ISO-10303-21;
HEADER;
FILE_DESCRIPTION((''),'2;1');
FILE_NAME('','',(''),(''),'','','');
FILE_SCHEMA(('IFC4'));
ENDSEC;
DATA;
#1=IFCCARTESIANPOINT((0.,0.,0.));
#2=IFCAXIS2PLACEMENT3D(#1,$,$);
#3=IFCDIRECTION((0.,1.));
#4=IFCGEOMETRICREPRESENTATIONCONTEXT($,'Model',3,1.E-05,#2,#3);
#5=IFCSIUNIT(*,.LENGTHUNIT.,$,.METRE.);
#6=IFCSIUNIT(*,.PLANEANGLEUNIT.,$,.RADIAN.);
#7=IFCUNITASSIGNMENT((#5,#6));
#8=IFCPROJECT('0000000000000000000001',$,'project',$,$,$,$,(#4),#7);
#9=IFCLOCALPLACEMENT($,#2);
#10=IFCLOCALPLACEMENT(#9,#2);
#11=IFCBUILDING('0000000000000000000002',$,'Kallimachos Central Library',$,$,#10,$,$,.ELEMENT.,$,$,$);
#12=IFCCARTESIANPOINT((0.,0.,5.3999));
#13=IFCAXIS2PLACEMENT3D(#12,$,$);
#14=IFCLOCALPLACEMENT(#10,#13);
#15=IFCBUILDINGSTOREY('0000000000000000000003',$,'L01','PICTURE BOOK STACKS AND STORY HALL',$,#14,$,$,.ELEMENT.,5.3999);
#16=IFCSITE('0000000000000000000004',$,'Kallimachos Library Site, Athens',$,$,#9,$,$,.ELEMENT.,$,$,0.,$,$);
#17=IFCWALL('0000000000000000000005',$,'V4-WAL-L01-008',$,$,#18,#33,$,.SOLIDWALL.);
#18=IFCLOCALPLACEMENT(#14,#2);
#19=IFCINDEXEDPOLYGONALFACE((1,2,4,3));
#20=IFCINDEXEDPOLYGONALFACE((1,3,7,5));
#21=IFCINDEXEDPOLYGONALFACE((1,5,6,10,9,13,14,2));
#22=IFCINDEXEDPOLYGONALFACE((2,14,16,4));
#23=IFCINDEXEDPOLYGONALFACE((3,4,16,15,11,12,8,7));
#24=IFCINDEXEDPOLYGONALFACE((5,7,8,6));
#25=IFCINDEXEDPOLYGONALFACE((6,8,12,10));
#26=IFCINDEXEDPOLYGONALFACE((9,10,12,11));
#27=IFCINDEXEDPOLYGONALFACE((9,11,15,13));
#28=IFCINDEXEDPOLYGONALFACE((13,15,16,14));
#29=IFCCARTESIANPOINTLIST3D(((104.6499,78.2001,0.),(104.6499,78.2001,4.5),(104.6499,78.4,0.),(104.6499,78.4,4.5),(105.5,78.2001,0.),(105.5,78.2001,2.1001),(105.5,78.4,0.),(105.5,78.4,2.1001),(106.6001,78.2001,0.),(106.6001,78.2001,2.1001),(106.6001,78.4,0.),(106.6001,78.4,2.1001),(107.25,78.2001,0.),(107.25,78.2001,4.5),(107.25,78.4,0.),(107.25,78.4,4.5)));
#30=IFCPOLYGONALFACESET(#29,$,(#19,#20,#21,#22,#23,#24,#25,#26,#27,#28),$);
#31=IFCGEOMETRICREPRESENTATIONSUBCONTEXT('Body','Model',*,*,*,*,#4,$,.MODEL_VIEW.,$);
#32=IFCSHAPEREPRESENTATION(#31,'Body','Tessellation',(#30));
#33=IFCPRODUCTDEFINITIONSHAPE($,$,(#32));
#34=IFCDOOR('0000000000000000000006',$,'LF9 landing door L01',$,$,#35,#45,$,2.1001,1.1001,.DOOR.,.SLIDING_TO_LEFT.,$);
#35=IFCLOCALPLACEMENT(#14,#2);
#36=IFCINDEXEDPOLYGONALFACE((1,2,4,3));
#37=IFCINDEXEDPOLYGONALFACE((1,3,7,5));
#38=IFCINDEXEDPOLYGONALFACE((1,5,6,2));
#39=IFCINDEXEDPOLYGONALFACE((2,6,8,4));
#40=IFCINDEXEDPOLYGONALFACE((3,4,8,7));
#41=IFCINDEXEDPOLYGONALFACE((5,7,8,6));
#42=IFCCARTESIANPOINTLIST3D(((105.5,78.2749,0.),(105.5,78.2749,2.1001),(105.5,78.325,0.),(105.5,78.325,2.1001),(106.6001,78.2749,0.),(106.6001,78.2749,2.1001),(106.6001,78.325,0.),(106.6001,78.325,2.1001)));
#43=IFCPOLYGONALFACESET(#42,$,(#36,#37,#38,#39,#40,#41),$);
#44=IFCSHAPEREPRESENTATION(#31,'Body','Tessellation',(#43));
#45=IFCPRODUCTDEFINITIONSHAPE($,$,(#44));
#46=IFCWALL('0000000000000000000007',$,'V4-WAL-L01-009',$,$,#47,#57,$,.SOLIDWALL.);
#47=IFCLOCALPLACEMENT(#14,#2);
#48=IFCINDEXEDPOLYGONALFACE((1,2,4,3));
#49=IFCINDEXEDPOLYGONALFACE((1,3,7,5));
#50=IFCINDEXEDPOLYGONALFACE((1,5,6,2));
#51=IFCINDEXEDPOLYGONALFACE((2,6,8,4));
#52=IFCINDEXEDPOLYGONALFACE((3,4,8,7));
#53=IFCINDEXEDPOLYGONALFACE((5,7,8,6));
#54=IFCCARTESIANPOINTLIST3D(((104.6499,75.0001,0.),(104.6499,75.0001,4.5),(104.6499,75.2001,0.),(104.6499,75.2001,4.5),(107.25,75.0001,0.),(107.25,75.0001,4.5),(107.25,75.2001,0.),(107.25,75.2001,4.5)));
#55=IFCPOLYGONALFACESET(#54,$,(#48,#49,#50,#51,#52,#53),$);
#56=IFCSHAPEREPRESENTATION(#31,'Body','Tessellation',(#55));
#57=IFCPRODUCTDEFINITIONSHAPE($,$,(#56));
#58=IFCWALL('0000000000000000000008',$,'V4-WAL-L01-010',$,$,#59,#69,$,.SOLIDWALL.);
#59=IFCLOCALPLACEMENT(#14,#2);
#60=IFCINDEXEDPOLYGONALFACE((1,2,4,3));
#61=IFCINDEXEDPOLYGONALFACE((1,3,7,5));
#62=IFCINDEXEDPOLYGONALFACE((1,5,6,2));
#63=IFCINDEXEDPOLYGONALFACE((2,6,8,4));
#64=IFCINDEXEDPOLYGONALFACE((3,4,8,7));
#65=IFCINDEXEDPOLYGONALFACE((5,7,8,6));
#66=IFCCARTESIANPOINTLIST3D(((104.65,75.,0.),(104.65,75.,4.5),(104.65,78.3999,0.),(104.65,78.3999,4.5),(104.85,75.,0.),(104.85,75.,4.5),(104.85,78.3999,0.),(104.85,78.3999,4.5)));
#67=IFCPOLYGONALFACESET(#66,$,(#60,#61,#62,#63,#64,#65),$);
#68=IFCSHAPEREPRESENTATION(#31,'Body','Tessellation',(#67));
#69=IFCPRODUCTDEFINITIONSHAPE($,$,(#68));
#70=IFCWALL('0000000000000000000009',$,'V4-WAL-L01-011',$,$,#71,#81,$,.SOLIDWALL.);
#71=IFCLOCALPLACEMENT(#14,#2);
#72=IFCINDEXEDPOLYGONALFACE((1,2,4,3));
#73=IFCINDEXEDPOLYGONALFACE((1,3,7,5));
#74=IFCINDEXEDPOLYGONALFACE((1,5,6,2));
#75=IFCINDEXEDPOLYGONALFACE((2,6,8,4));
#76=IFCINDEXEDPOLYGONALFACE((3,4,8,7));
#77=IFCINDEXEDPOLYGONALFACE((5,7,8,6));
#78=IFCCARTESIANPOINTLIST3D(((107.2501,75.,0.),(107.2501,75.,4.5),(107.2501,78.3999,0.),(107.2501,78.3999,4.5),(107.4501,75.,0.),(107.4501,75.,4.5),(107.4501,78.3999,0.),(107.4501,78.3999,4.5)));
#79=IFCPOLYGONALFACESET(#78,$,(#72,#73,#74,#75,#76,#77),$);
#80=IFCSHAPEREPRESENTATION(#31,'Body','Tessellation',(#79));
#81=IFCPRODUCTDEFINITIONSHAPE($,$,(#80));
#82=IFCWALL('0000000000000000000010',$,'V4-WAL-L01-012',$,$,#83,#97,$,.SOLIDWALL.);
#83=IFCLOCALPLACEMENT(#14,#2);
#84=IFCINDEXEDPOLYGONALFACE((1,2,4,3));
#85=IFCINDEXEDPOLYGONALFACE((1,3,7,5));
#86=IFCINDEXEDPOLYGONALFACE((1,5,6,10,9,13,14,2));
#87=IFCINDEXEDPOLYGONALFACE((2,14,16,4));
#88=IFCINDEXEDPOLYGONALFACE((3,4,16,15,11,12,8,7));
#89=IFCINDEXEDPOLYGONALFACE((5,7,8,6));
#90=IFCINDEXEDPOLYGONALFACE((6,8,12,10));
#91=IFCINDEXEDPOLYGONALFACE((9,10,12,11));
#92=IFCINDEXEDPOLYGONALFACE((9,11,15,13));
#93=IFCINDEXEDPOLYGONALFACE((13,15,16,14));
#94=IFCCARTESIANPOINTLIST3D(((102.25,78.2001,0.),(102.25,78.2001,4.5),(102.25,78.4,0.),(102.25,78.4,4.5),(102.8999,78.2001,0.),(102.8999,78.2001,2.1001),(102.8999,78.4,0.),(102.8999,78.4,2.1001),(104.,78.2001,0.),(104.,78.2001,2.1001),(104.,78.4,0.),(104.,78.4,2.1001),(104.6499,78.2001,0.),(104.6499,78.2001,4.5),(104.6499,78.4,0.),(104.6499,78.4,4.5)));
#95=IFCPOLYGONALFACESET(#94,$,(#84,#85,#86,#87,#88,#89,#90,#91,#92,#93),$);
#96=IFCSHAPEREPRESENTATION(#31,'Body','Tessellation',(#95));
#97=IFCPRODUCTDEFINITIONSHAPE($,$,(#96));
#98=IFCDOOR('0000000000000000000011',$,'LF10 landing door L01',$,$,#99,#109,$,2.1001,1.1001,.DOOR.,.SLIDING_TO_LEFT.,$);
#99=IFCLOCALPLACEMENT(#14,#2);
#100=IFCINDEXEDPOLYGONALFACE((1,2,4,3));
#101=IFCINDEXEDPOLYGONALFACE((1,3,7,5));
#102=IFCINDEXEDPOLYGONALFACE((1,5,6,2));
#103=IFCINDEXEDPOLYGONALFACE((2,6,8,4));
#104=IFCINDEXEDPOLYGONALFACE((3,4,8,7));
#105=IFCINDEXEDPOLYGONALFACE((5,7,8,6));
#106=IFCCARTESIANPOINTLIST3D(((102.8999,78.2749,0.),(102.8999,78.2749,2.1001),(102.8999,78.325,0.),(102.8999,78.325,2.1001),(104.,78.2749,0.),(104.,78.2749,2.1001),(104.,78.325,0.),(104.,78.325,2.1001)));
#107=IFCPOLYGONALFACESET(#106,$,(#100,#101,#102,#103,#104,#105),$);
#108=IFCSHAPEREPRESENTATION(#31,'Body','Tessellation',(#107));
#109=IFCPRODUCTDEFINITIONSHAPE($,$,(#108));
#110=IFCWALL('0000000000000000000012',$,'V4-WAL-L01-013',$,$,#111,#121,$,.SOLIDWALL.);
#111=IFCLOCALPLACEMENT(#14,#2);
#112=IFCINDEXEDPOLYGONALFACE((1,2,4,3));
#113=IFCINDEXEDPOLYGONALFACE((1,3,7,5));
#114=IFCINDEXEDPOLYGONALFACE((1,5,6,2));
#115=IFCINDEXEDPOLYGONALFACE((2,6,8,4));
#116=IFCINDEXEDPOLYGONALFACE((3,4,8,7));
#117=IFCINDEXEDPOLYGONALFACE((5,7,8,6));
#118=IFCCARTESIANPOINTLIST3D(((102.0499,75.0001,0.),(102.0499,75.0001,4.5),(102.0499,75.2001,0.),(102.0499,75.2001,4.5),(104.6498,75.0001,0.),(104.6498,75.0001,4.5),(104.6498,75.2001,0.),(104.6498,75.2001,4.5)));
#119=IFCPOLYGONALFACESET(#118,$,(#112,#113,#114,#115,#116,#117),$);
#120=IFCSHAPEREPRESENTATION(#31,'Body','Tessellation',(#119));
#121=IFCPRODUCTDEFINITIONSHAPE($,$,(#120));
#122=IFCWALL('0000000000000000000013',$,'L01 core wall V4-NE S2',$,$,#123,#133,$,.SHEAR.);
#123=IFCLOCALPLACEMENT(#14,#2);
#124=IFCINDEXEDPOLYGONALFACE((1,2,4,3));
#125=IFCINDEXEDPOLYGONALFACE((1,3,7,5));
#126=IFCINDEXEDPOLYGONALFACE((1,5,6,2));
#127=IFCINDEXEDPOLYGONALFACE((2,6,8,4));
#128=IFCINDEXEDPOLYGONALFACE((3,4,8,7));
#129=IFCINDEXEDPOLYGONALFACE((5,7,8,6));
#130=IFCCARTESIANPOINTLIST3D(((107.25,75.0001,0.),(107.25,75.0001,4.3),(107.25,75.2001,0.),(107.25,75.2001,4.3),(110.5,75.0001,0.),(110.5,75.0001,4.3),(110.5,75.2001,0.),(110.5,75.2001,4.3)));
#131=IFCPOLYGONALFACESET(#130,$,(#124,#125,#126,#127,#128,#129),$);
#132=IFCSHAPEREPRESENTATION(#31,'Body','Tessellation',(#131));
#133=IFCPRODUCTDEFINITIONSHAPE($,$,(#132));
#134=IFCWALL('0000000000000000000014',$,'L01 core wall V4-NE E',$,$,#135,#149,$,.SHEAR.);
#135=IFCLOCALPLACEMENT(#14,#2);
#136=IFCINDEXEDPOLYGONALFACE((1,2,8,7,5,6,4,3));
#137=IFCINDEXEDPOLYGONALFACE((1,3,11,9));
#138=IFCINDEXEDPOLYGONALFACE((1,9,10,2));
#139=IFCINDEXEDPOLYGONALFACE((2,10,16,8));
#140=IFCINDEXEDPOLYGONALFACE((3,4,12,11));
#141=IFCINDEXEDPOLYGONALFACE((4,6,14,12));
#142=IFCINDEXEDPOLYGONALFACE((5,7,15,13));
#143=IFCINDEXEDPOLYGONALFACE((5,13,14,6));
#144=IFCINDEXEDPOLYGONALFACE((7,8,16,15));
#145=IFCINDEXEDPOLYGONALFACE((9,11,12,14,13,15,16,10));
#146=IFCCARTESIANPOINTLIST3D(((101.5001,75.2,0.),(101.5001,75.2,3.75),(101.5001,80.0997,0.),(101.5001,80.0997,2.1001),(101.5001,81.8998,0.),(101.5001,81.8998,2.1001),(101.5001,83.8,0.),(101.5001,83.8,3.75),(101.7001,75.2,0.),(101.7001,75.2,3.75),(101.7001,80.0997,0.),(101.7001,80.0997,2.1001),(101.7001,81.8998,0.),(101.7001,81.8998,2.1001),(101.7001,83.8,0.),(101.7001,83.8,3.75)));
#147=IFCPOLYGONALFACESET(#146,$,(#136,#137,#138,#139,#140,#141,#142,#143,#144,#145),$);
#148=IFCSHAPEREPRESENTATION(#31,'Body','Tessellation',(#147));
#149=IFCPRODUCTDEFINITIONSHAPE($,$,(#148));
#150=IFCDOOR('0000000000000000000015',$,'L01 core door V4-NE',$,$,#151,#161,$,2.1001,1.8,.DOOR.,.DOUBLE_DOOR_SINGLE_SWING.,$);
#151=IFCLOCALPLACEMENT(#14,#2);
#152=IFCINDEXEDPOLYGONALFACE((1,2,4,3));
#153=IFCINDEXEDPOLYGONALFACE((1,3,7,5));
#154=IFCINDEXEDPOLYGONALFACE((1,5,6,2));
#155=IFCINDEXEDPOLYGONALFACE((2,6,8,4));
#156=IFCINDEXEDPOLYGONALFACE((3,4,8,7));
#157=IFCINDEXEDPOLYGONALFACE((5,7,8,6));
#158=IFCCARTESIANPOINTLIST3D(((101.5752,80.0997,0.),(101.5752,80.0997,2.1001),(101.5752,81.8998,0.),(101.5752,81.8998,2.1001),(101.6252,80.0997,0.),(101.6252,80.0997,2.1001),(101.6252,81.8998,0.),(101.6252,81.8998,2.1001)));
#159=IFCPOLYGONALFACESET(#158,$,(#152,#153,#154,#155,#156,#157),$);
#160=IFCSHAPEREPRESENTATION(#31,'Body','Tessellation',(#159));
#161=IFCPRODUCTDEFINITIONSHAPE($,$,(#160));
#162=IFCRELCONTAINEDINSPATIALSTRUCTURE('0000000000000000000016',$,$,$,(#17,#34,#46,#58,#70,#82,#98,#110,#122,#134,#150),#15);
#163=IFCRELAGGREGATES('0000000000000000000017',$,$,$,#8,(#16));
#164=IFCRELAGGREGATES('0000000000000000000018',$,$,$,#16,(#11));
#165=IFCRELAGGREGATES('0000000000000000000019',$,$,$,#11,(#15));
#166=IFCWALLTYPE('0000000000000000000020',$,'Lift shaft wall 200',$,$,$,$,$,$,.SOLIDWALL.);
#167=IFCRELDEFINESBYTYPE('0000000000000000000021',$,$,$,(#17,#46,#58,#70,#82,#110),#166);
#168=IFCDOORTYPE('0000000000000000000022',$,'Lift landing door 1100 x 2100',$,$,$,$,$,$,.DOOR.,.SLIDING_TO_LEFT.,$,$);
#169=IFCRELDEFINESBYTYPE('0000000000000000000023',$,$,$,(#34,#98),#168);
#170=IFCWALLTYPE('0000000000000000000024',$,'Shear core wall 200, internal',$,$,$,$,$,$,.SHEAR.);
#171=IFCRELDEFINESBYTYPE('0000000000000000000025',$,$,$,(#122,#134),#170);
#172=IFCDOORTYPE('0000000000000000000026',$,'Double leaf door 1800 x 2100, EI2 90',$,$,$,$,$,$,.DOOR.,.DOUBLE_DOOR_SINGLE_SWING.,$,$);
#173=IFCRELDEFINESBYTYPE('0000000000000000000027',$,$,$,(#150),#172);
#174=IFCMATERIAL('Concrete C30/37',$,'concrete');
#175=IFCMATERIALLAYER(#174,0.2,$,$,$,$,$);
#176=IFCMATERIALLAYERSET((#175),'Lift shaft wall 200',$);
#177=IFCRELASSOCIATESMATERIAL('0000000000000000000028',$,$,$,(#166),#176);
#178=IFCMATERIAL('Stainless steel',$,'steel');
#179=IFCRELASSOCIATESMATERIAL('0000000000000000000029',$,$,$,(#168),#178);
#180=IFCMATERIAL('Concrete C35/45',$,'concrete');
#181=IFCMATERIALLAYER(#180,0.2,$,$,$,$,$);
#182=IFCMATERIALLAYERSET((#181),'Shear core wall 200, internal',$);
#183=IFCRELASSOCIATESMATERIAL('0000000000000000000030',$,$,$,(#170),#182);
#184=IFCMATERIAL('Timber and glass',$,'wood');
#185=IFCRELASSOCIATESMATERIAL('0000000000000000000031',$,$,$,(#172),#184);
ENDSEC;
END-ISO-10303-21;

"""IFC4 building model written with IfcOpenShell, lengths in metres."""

from ifc_helpers import new_model, si_unit, direction, frame, frame_2d, origin, place, context, subcontext, project, spatial, rectangle, extrude, material, layer, layer_set, type_object, element, fill, save


model = new_model("IFC4")

# Units and contexts
model_context = context("Model", 3, precision=1e-05, world=origin(), true_north=direction((0.0, 1.0)))
body_context = subcontext(model_context, "Body", "Model", "MODEL_VIEW")
ifc_project = project(units=[si_unit("LENGTHUNIT", "METRE"), si_unit("PLANEANGLEUNIT", "RADIAN")], contexts=[model_context])

# Site, building, storey
site_placement = place(None, origin())
site = spatial("IfcSite", under=ifc_project, at=site_placement, Name="Kallimachos Library Site, Athens", CompositionType="ELEMENT", RefElevation=0.0)
building_placement = place(site_placement, origin())
building = spatial("IfcBuilding", under=site, at=building_placement, Name="Kallimachos Central Library", CompositionType="ELEMENT")
storey_placement = place(building_placement, frame((0.0, 0.0, 5.3999)))
storey = spatial("IfcBuildingStorey", under=building, at=storey_placement, Name="L01", Description="PICTURE BOOK STACKS AND STORY HALL", CompositionType="ELEMENT", Elevation=5.3999)

# Wall, opening, door
ifc_material_1 = material(Name="Concrete C30/37", Category="concrete")
ifc_layer_1 = layer(ifc_material_1, 0.2)
ifc_layer_set_1 = layer_set([ifc_layer_1], Name="Lift shaft wall 200")
wall_type_1 = type_object("IfcWallType", Name="Lift shaft wall 200", PredefinedType="SOLIDWALL", material=ifc_layer_set_1)
wall_1_placement = place(storey_placement, frame((104.6499, 78.3, 0.0), z_axis=(0.0, 0.0, 1.0), x_axis=(1.0, 0.0, 0.0)))
wall_1 = element("IfcWall", 1, at=wall_1_placement, inside=storey, type_object=wall_type_1, Name="V4-WAL-L01-008", PredefinedType="SOLIDWALL", context=body_context, shape_type="SweptSolid", body=[
    extrude(rectangle(XDim=2.6001, YDim=0.2, at=frame_2d((1.3, 0.0))), origin(), (0.0, 0.0, 1.0), 4.5),
])
opening_1_placement = place(wall_1_placement, frame((0.8501, 0.0, 0.0)))
opening_1 = element("IfcOpeningElement", 2, at=opening_1_placement, cuts=wall_1, PredefinedType="OPENING", context=body_context, shape_type="SweptSolid", body=[
    extrude(rectangle(XDim=1.1001, YDim=2.1001, at=frame_2d((0.55, 1.05))), frame((0.0, 0.1099, 0.0), z_axis=(0.0, -1.0, 0.0), x_axis=(1.0, 0.0, 0.0)), (0.0, 0.0, 1.0), 0.22),
])
ifc_material_2 = material(Name="Stainless steel", Category="steel")
door_type_1 = type_object("IfcDoorType", Name="Lift landing door 1100 x 2100", OperationType="SLIDING_TO_LEFT", PredefinedType="DOOR", material=ifc_material_2)
door_1_placement = place(opening_1_placement, origin())
door_1 = element("IfcDoor", 3, at=door_1_placement, inside=storey, type_object=door_type_1, Name="LF9 landing door L01", OperationType="SLIDING_TO_LEFT", OverallHeight=2.1001, OverallWidth=1.1001, PredefinedType="DOOR", context=body_context, shape_type="SweptSolid", body=[
    extrude(rectangle(XDim=1.1001, YDim=2.1001, at=frame_2d((0.55, 1.05))), frame((0.0, 0.0249, 0.0), z_axis=(0.0, -1.0, 0.0), x_axis=(1.0, 0.0, 0.0)), (0.0, 0.0, 1.0), 0.05),
])
fill(opening_1, door_1)

# Walls
wall_2_placement = place(storey_placement, frame((104.6499, 75.1001, 0.0), z_axis=(0.0, 0.0, 1.0), x_axis=(1.0, 0.0, 0.0)))
element("IfcWall", 4, at=wall_2_placement, inside=storey, type_object=wall_type_1, Name="V4-WAL-L01-009", PredefinedType="SOLIDWALL", context=body_context, shape_type="SweptSolid", body=[
    extrude(rectangle(XDim=2.6001, YDim=0.2, at=frame_2d((1.3, 0.0))), origin(), (0.0, 0.0, 1.0), 4.5),
])
for number, where, z_axis, x_axis, name in (
    (5, (104.75, 75.0, 0.0), (0.0, 0.0, 1.0), (0.0, 1.0, 0.0), "V4-WAL-L01-010"),
    (6, (107.3501, 75.0, 0.0), (0.0, 0.0, 1.0), (0.0, 1.0, 0.0), "V4-WAL-L01-011"),
):
    element("IfcWall", number, at=place(storey_placement, frame(where, z_axis=z_axis, x_axis=x_axis)), inside=storey, type_object=wall_type_1, Name=name, PredefinedType="SOLIDWALL", context=body_context, shape_type="SweptSolid", body=[
        extrude(rectangle(XDim=3.3999, YDim=0.2, at=frame_2d((1.7, 0.0))), origin(), (0.0, 0.0, 1.0), 4.5),
    ])

# Wall, opening, door
wall_3_placement = place(storey_placement, frame((102.25, 78.3, 0.0), z_axis=(0.0, 0.0, 1.0), x_axis=(1.0, 0.0, 0.0)))
wall_3 = element("IfcWall", 7, at=wall_3_placement, inside=storey, type_object=wall_type_1, Name="V4-WAL-L01-012", PredefinedType="SOLIDWALL", context=body_context, shape_type="SweptSolid", body=[
    extrude(rectangle(XDim=2.3999, YDim=0.2, at=frame_2d((1.2, 0.0))), origin(), (0.0, 0.0, 1.0), 4.5),
])
opening_2_placement = place(wall_3_placement, frame((0.6499, 0.0, 0.0)))
opening_2 = element("IfcOpeningElement", 8, at=opening_2_placement, cuts=wall_3, PredefinedType="OPENING", context=body_context, shape_type="SweptSolid", body=[
    extrude(rectangle(XDim=1.1001, YDim=2.1001, at=frame_2d((0.55, 1.05))), frame((0.0, 0.1099, 0.0), z_axis=(0.0, -1.0, 0.0), x_axis=(1.0, 0.0, 0.0)), (0.0, 0.0, 1.0), 0.22),
])
door_2_placement = place(opening_2_placement, origin())
door_2 = element("IfcDoor", 9, at=door_2_placement, inside=storey, type_object=door_type_1, Name="LF10 landing door L01", OperationType="SLIDING_TO_LEFT", OverallHeight=2.1001, OverallWidth=1.1001, PredefinedType="DOOR", context=body_context, shape_type="SweptSolid", body=[
    extrude(rectangle(XDim=1.1001, YDim=2.1001, at=frame_2d((0.55, 1.05))), frame((0.0, 0.0249, 0.0), z_axis=(0.0, -1.0, 0.0), x_axis=(1.0, 0.0, 0.0)), (0.0, 0.0, 1.0), 0.05),
])
fill(opening_2, door_2)

# Walls
wall_4_placement = place(storey_placement, frame((102.05, 75.1001, 0.0), z_axis=(0.0, 0.0, 1.0), x_axis=(1.0, 0.0, 0.0)))
element("IfcWall", 10, at=wall_4_placement, inside=storey, type_object=wall_type_1, Name="V4-WAL-L01-013", PredefinedType="SOLIDWALL", context=body_context, shape_type="SweptSolid", body=[
    extrude(rectangle(XDim=2.5999, YDim=0.2, at=frame_2d((1.2998, 0.0))), origin(), (0.0, 0.0, 1.0), 4.5),
])
ifc_material_3 = material(Name="Concrete C35/45", Category="concrete")
ifc_layer_2 = layer(ifc_material_3, 0.2)
ifc_layer_set_2 = layer_set([ifc_layer_2], Name="Shear core wall 200, internal")
wall_type_2 = type_object("IfcWallType", Name="Shear core wall 200, internal", PredefinedType="SHEAR", material=ifc_layer_set_2)
wall_5_placement = place(storey_placement, frame((107.25, 75.1001, 0.0), z_axis=(0.0, 0.0, 1.0), x_axis=(1.0, 0.0, 0.0)))
element("IfcWall", 11, at=wall_5_placement, inside=storey, type_object=wall_type_2, Name="L01 core wall V4-NE S2", PredefinedType="SHEAR", context=body_context, shape_type="SweptSolid", body=[
    extrude(rectangle(XDim=3.25, YDim=0.2, at=frame_2d((1.625, 0.0))), origin(), (0.0, 0.0, 1.0), 4.3),
])

# Wall, opening, door
wall_6_placement = place(storey_placement, frame((101.6001, 75.2, 0.0), z_axis=(0.0, 0.0, 1.0), x_axis=(0.0, 1.0, 0.0)))
wall_6 = element("IfcWall", 12, at=wall_6_placement, inside=storey, type_object=wall_type_2, Name="L01 core wall V4-NE E", PredefinedType="SHEAR", context=body_context, shape_type="SweptSolid", body=[
    extrude(rectangle(XDim=8.6001, YDim=0.2, at=frame_2d((4.3, 0.0))), origin(), (0.0, 0.0, 1.0), 3.75),
])
opening_3_placement = place(wall_6_placement, frame((4.8999, 0.0, 0.0)))
opening_3 = element("IfcOpeningElement", 13, at=opening_3_placement, cuts=wall_6, PredefinedType="OPENING", context=body_context, shape_type="SweptSolid", body=[
    extrude(rectangle(XDim=1.8, YDim=2.1001, at=frame_2d((0.8999, 1.05))), frame((0.0, 0.1099, 0.0), z_axis=(0.0, -1.0, 0.0), x_axis=(1.0, 0.0, 0.0)), (0.0, 0.0, 1.0), 0.22),
])
ifc_material_4 = material(Name="Timber and glass", Category="wood")
door_type_2 = type_object("IfcDoorType", Name="Double leaf door 1800 x 2100, EI2 90", OperationType="DOUBLE_DOOR_SINGLE_SWING", PredefinedType="DOOR", material=ifc_material_4)
door_3_placement = place(opening_3_placement, origin())
door_3 = element("IfcDoor", 14, at=door_3_placement, inside=storey, type_object=door_type_2, Name="L01 core door V4-NE", OperationType="DOUBLE_DOOR_SINGLE_SWING", OverallHeight=2.1001, OverallWidth=1.8, PredefinedType="DOOR", context=body_context, shape_type="SweptSolid", body=[
    extrude(rectangle(XDim=1.8, YDim=2.1001, at=frame_2d((0.8999, 1.05))), frame((0.0, 0.0249, 0.0), z_axis=(0.0, -1.0, 0.0), x_axis=(1.0, 0.0, 0.0)), (0.0, 0.0, 1.0), 0.05),
])
fill(opening_3, door_3)

save(model, "model.ifc")
